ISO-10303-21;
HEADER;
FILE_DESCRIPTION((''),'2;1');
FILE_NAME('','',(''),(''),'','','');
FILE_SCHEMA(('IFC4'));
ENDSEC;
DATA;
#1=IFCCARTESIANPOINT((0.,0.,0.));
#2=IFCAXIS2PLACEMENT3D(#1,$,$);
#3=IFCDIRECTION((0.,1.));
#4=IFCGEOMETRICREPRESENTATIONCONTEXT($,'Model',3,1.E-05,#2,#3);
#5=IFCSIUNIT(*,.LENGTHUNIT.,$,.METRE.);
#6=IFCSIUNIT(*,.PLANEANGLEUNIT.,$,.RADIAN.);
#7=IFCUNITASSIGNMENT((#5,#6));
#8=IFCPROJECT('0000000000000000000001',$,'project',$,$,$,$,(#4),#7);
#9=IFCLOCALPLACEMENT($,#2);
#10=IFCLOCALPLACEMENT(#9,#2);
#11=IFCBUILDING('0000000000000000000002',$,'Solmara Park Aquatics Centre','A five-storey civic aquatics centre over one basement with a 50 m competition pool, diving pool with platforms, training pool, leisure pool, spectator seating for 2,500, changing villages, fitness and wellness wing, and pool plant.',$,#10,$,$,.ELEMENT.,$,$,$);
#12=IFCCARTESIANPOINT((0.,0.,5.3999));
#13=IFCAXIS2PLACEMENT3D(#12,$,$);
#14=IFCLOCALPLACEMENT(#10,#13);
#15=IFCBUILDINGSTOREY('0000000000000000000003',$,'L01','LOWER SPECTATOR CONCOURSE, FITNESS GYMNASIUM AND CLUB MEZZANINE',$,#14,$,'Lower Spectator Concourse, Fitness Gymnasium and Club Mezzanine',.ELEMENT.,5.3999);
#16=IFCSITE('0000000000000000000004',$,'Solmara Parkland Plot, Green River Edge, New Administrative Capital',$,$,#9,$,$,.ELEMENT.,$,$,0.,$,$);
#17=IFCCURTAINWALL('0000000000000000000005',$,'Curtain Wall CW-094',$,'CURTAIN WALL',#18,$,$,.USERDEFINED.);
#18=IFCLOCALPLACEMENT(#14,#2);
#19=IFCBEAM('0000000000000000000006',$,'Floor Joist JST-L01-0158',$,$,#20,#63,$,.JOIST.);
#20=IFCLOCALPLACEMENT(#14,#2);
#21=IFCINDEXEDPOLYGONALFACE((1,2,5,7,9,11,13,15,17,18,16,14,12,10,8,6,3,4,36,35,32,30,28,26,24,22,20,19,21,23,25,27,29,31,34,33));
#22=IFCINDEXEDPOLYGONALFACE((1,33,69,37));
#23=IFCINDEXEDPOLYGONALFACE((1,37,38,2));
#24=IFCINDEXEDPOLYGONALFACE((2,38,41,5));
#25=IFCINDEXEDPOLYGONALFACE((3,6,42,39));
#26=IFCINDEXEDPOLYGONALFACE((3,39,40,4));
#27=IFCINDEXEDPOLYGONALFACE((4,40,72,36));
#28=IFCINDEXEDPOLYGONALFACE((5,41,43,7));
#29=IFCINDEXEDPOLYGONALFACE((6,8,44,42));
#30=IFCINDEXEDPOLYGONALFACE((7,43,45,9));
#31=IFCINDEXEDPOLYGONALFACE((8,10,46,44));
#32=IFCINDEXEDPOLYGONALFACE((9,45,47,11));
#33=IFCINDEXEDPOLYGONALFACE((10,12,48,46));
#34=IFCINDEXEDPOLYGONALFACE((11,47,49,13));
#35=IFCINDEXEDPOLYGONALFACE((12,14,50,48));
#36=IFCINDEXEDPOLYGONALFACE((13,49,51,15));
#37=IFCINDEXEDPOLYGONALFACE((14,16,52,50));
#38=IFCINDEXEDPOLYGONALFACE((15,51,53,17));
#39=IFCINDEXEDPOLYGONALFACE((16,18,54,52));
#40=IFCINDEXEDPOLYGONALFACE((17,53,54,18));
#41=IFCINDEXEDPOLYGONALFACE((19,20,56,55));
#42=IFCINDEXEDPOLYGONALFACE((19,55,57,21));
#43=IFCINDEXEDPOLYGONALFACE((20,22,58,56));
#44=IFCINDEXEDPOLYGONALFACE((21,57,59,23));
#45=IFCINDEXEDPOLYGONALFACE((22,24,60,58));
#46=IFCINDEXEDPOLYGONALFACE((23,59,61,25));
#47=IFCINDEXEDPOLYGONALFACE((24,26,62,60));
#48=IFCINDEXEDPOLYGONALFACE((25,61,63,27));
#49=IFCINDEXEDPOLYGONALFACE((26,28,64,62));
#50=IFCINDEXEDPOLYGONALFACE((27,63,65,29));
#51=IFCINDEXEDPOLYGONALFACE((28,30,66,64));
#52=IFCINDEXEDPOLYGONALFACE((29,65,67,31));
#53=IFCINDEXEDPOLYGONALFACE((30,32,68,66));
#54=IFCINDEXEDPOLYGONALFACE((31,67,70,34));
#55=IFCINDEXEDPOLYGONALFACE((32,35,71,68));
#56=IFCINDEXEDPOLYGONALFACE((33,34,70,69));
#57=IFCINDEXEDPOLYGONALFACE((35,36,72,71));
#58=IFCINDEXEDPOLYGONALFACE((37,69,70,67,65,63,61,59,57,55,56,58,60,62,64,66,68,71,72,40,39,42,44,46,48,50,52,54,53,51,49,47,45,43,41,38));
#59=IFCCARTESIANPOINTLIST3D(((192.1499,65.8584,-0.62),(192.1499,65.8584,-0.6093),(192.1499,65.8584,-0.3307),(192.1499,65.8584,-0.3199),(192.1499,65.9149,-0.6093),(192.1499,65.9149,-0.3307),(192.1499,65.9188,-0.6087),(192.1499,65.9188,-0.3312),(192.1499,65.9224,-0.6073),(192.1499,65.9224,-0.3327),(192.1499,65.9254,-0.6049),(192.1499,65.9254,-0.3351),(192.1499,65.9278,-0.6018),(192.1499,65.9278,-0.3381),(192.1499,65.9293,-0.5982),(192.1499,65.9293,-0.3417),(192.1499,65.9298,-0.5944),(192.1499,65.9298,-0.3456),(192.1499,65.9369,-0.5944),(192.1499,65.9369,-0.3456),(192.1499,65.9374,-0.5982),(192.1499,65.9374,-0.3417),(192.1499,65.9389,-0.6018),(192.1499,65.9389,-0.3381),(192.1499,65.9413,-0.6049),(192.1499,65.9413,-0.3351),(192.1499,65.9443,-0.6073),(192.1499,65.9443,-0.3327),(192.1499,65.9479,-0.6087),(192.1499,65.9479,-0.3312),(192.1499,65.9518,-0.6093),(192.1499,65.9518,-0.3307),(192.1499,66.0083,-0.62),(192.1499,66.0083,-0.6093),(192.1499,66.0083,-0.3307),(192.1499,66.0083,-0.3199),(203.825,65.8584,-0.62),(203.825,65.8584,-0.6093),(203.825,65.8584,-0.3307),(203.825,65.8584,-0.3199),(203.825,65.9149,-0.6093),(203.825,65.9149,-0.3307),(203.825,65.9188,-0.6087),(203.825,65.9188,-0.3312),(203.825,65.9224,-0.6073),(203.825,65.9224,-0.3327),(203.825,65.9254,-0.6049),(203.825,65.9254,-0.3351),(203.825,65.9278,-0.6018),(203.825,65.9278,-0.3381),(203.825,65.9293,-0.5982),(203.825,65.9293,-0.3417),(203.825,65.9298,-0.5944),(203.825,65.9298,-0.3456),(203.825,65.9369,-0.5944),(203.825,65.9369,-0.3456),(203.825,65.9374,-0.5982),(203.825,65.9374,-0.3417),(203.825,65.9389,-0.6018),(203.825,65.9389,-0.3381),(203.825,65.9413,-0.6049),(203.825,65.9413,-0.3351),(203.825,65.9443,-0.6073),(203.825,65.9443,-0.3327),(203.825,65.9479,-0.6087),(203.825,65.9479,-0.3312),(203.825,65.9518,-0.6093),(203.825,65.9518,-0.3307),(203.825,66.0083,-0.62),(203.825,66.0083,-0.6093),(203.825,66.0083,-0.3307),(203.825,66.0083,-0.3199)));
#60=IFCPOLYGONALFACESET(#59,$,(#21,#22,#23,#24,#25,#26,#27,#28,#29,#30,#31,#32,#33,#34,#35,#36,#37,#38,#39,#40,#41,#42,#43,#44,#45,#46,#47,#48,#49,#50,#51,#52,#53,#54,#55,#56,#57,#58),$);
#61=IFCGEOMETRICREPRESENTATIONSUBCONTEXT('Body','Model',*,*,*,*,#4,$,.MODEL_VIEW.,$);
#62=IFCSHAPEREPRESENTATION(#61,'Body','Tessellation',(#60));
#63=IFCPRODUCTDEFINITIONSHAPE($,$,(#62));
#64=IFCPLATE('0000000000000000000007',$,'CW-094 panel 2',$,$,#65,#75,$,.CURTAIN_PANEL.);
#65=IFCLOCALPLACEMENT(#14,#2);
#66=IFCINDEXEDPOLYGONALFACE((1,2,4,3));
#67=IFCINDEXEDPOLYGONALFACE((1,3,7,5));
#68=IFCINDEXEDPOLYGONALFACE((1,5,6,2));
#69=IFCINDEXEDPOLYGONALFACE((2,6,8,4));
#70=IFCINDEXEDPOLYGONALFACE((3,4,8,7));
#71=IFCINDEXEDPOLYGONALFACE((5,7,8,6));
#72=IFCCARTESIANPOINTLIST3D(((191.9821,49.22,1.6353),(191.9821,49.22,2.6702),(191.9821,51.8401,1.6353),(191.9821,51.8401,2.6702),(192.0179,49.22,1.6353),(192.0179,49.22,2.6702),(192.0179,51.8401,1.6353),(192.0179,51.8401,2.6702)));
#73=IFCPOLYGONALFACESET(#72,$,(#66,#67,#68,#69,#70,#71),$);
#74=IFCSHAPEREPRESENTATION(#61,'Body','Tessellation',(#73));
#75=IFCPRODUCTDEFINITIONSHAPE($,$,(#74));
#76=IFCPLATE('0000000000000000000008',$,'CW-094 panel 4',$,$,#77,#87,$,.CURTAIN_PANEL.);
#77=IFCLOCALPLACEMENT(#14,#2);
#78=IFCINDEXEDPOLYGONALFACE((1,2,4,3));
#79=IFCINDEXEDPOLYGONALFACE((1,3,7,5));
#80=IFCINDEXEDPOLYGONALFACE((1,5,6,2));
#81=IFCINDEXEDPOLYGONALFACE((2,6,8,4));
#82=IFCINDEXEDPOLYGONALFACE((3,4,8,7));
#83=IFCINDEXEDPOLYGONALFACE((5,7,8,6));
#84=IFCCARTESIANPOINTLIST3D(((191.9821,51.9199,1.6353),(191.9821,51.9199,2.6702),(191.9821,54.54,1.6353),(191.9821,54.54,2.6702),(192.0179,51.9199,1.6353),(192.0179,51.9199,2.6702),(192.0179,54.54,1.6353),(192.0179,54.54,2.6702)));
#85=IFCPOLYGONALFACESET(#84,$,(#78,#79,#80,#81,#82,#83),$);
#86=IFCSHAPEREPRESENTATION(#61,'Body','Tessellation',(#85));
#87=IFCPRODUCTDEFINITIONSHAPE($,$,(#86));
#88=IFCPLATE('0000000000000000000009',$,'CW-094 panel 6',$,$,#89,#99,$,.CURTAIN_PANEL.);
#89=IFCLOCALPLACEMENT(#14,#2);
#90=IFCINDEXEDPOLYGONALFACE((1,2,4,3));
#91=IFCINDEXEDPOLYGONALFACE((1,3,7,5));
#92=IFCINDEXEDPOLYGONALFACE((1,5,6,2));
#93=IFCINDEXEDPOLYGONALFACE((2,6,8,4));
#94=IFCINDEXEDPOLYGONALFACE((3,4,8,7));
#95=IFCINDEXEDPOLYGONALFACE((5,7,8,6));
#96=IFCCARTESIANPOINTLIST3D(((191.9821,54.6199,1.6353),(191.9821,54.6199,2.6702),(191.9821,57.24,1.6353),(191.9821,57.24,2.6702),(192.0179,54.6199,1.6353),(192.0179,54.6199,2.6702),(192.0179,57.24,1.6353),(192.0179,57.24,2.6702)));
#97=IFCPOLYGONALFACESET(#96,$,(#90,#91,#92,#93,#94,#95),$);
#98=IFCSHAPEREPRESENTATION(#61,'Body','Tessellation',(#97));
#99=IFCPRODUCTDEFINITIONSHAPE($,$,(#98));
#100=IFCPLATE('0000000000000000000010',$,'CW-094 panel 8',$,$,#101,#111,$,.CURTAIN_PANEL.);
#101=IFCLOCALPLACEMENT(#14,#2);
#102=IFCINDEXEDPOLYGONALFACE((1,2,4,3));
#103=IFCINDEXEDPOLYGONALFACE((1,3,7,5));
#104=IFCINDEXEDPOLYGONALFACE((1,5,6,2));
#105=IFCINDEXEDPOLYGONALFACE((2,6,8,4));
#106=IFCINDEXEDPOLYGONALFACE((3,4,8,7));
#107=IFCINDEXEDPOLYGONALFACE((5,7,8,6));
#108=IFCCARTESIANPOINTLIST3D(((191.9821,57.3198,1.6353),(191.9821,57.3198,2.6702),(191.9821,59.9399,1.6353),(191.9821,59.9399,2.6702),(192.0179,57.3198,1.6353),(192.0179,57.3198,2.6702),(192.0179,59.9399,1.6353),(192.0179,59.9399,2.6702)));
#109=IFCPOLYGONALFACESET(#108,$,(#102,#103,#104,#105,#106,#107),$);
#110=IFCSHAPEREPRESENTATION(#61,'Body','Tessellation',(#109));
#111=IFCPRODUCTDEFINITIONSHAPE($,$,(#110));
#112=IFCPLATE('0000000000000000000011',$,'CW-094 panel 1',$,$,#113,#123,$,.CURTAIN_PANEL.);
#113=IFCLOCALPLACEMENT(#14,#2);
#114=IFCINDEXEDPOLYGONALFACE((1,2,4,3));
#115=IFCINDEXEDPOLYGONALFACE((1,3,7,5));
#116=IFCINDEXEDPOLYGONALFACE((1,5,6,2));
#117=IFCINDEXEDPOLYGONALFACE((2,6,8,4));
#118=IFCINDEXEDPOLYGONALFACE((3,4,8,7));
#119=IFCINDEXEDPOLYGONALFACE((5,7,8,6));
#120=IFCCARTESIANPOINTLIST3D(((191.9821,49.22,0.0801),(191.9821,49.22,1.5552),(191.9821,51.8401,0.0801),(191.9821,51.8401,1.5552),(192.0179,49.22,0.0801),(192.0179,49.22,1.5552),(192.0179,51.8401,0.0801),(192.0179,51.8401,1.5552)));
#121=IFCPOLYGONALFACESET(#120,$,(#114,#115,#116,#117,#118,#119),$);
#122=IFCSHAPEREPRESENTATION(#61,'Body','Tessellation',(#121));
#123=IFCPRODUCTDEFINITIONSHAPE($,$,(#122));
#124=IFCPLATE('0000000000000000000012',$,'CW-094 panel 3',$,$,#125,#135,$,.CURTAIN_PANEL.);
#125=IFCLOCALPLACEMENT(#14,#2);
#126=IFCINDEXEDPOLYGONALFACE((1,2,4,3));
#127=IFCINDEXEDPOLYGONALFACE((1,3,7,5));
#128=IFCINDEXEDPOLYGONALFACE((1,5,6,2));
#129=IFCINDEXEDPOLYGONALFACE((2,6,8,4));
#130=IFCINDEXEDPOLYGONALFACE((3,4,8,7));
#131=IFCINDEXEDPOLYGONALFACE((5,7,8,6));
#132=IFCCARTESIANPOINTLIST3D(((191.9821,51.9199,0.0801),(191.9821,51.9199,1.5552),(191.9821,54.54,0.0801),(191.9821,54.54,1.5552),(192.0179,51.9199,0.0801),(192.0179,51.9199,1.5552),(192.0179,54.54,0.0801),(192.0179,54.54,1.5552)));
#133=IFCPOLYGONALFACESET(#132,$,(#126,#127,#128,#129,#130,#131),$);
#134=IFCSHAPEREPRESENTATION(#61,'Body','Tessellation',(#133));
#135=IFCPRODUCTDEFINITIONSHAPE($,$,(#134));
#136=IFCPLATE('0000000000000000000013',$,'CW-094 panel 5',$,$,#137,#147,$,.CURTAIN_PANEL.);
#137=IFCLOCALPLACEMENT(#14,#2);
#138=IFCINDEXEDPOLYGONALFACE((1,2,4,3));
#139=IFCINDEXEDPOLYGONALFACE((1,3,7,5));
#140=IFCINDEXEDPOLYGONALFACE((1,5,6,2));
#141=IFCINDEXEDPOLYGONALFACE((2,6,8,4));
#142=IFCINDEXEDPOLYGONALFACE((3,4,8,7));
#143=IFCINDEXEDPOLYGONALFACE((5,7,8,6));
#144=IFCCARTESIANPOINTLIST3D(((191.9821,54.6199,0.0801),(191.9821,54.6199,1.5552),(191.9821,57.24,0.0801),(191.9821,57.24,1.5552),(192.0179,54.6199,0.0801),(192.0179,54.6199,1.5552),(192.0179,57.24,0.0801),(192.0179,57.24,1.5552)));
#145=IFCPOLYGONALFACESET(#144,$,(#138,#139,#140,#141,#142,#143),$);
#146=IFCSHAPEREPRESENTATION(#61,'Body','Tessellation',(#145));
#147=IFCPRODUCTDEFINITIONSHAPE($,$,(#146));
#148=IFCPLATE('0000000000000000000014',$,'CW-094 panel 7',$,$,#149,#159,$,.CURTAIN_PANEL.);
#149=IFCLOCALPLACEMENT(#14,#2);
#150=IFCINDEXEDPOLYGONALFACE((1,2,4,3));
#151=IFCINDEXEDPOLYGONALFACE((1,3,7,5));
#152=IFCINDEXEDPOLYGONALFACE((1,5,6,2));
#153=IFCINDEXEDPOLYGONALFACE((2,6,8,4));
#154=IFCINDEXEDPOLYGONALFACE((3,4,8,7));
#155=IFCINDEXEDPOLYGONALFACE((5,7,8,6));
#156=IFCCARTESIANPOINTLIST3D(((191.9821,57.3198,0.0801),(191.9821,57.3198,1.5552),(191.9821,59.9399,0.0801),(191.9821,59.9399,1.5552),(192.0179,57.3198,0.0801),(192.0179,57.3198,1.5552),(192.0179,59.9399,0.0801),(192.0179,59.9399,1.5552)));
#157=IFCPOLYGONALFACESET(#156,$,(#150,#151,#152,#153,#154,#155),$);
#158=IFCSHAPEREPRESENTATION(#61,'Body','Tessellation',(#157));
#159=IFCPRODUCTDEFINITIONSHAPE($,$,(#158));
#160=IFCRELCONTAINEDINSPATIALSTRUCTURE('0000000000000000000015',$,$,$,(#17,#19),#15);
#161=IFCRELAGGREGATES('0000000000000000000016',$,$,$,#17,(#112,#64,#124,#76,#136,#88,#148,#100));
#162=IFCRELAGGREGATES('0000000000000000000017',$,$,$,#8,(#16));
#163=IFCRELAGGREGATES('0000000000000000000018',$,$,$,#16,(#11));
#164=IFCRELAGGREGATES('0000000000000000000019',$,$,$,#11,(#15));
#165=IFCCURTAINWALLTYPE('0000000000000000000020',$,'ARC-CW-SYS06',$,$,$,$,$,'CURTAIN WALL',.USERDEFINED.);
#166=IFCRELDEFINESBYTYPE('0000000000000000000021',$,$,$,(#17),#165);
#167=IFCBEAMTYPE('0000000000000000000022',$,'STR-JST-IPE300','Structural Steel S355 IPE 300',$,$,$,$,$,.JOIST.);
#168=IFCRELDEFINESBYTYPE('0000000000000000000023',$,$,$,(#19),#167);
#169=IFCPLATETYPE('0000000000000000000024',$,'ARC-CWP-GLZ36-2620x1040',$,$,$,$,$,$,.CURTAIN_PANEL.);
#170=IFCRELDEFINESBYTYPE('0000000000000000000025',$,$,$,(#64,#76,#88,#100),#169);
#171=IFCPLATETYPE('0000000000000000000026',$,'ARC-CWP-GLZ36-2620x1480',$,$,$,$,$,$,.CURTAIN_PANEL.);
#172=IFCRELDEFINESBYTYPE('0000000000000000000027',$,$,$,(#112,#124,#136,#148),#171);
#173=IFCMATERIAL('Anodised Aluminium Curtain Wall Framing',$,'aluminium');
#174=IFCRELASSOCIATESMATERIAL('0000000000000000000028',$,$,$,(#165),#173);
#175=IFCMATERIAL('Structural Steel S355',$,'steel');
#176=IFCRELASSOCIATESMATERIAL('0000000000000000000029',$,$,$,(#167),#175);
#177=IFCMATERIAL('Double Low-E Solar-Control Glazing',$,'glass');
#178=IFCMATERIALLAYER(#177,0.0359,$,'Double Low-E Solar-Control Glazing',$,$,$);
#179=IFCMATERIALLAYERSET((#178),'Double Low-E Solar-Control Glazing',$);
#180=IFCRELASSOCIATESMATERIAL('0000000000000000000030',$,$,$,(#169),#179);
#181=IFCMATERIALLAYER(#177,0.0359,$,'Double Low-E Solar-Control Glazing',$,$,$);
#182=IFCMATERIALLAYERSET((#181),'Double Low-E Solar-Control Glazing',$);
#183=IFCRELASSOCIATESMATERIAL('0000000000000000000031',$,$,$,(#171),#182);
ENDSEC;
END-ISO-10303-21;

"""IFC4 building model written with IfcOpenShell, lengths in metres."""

from ifc_helpers import new_model, si_unit, direction, frame, origin, origin_2d, place, context, subcontext, project, spatial, rectangle, i_section, extrude, material, layer, layer_set, material_profile, profile_set, type_object, element, aggregate, save


model = new_model("IFC4")

# Units and contexts
model_context = context("Model", 3, precision=1e-05, world=origin(), true_north=direction((0.0, 1.0)))
body_context = subcontext(model_context, "Body", "Model", "MODEL_VIEW")
ifc_project = project(units=[si_unit("LENGTHUNIT", "METRE"), si_unit("PLANEANGLEUNIT", "RADIAN")], contexts=[model_context])

# Site, building, storey
site_placement = place(None, origin())
site = spatial("IfcSite", under=ifc_project, at=site_placement, Name="Solmara Parkland Plot, Green River Edge, New Administrative Capital", CompositionType="ELEMENT", RefElevation=0.0)
building_placement = place(site_placement, origin())
building = spatial("IfcBuilding", under=site, at=building_placement, Name="Solmara Park Aquatics Centre", Description="A five-storey civic aquatics centre over one basement with a 50 m competition pool, diving pool with platforms, training pool, leisure pool, spectator seating for 2,500, changing villages, fitness and wellness wing, and pool plant.", CompositionType="ELEMENT")
storey_placement = place(building_placement, frame((0.0, 0.0, 5.3999)))
storey = spatial("IfcBuildingStorey", under=building, at=storey_placement, Name="L01", Description="LOWER SPECTATOR CONCOURSE, FITNESS GYMNASIUM AND CLUB MEZZANINE", LongName="Lower Spectator Concourse, Fitness Gymnasium and Club Mezzanine", CompositionType="ELEMENT", Elevation=5.3999)

# Curtain wall
ifc_material_1 = material(Name="Anodised Aluminium Curtain Wall Framing", Category="aluminium")
curtain_wall_type = type_object("IfcCurtainWallType", Name="ARC-CW-SYS06", ElementType="CURTAIN WALL", PredefinedType="USERDEFINED", material=ifc_material_1)
curtain_wall_placement = place(storey_placement, origin())
curtain_wall = element("IfcCurtainWall", 1, at=curtain_wall_placement, inside=storey, type_object=curtain_wall_type, Name="Curtain Wall CW-094", ObjectType="CURTAIN WALL", PredefinedType="USERDEFINED")

# Beam
ifc_material_2 = material(Name="Structural Steel S355", Category="steel")
ifc_material_profile_1 = material_profile(ifc_material_2, i_section(OverallWidth=0.1499, OverallDepth=0.3, WebThickness=0.0071, FlangeThickness=0.0107, FilletRadius=0.0149, at=origin_2d()), Name="IPE 300")
ifc_profile_set_1 = profile_set([ifc_material_profile_1], Name="Structural Steel S355")
beam_type_1 = type_object("IfcBeamType", Name="STR-JST-IPE300", Description="Structural Steel S355 IPE 300", PredefinedType="JOIST", material=ifc_profile_set_1)
beam_1_placement = place(storey_placement, frame((192.1499, 65.9333, -0.47), z_axis=(1.0, 0.0, 0.0), x_axis=(0.0, 1.0, 0.0)))
element("IfcBeam", 2, at=beam_1_placement, inside=storey, type_object=beam_type_1, Name="Floor Joist JST-L01-0158", PredefinedType="JOIST", context=body_context, shape_type="SweptSolid", body=[
    extrude(i_section(OverallWidth=0.1499, OverallDepth=0.3, WebThickness=0.0071, FlangeThickness=0.0107, FilletRadius=0.0149, at=origin_2d()), origin(), (0.0, 0.0, 1.0), 11.675),
])

# Plates
ifc_material_3 = material(Name="Double Low-E Solar-Control Glazing", Category="glass")
ifc_layer_1 = layer(ifc_material_3, 0.0359, Name="Double Low-E Solar-Control Glazing")
ifc_layer_set_1 = layer_set([ifc_layer_1], Name="Double Low-E Solar-Control Glazing")
plate_type_1 = type_object("IfcPlateType", Name="ARC-CWP-GLZ36-2620x1040", PredefinedType="CURTAIN_PANEL", material=ifc_layer_set_1)
plate_1_placement = place(storey_placement, frame((192.0, 50.53, 1.6353), z_axis=(0.0, 0.0, 1.0), x_axis=(0.0, 1.0, 0.0)))
plate_1 = element("IfcPlate", 3, at=plate_1_placement, type_object=plate_type_1, Name="CW-094 panel 2", PredefinedType="CURTAIN_PANEL", context=body_context, shape_type="SweptSolid", body=[
    extrude(rectangle(XDim=2.6201, YDim=0.0359, at=origin_2d()), origin(), (0.0, 0.0, 1.0), 1.0349),
])
plate_2_placement = place(storey_placement, frame((192.0, 53.23, 1.6353), z_axis=(0.0, 0.0, 1.0), x_axis=(0.0, 1.0, 0.0)))
plate_2 = element("IfcPlate", 4, at=plate_2_placement, type_object=plate_type_1, Name="CW-094 panel 4", PredefinedType="CURTAIN_PANEL", context=body_context, shape_type="SweptSolid", body=[
    extrude(rectangle(XDim=2.6201, YDim=0.0359, at=origin_2d()), origin(), (0.0, 0.0, 1.0), 1.0349),
])
plate_3_placement = place(storey_placement, frame((192.0, 55.9299, 1.6353), z_axis=(0.0, 0.0, 1.0), x_axis=(0.0, 1.0, 0.0)))
plate_3 = element("IfcPlate", 5, at=plate_3_placement, type_object=plate_type_1, Name="CW-094 panel 6", PredefinedType="CURTAIN_PANEL", context=body_context, shape_type="SweptSolid", body=[
    extrude(rectangle(XDim=2.6201, YDim=0.0359, at=origin_2d()), origin(), (0.0, 0.0, 1.0), 1.0349),
])
plate_4_placement = place(storey_placement, frame((192.0, 58.6299, 1.6353), z_axis=(0.0, 0.0, 1.0), x_axis=(0.0, 1.0, 0.0)))
plate_4 = element("IfcPlate", 6, at=plate_4_placement, type_object=plate_type_1, Name="CW-094 panel 8", PredefinedType="CURTAIN_PANEL", context=body_context, shape_type="SweptSolid", body=[
    extrude(rectangle(XDim=2.6201, YDim=0.0359, at=origin_2d()), origin(), (0.0, 0.0, 1.0), 1.0349),
])
ifc_layer_2 = layer(ifc_material_3, 0.0359, Name="Double Low-E Solar-Control Glazing")
ifc_layer_set_2 = layer_set([ifc_layer_2], Name="Double Low-E Solar-Control Glazing")
plate_type_2 = type_object("IfcPlateType", Name="ARC-CWP-GLZ36-2620x1480", PredefinedType="CURTAIN_PANEL", material=ifc_layer_set_2)
plate_5_placement = place(storey_placement, frame((192.0, 50.53, 0.0801), z_axis=(0.0, 0.0, 1.0), x_axis=(0.0, 1.0, 0.0)))
plate_5 = element("IfcPlate", 7, at=plate_5_placement, type_object=plate_type_2, Name="CW-094 panel 1", PredefinedType="CURTAIN_PANEL", context=body_context, shape_type="SweptSolid", body=[
    extrude(rectangle(XDim=2.6201, YDim=0.0359, at=origin_2d()), origin(), (0.0, 0.0, 1.0), 1.4751),
])
plate_6_placement = place(storey_placement, frame((192.0, 53.23, 0.0801), z_axis=(0.0, 0.0, 1.0), x_axis=(0.0, 1.0, 0.0)))
plate_6 = element("IfcPlate", 8, at=plate_6_placement, type_object=plate_type_2, Name="CW-094 panel 3", PredefinedType="CURTAIN_PANEL", context=body_context, shape_type="SweptSolid", body=[
    extrude(rectangle(XDim=2.6201, YDim=0.0359, at=origin_2d()), origin(), (0.0, 0.0, 1.0), 1.4751),
])
plate_7_placement = place(storey_placement, frame((192.0, 55.9299, 0.0801), z_axis=(0.0, 0.0, 1.0), x_axis=(0.0, 1.0, 0.0)))
plate_7 = element("IfcPlate", 9, at=plate_7_placement, type_object=plate_type_2, Name="CW-094 panel 5", PredefinedType="CURTAIN_PANEL", context=body_context, shape_type="SweptSolid", body=[
    extrude(rectangle(XDim=2.6201, YDim=0.0359, at=origin_2d()), origin(), (0.0, 0.0, 1.0), 1.4751),
])
plate_8_placement = place(storey_placement, frame((192.0, 58.6299, 0.0801), z_axis=(0.0, 0.0, 1.0), x_axis=(0.0, 1.0, 0.0)))
plate_8 = element("IfcPlate", 10, at=plate_8_placement, type_object=plate_type_2, Name="CW-094 panel 7", PredefinedType="CURTAIN_PANEL", context=body_context, shape_type="SweptSolid", body=[
    extrude(rectangle(XDim=2.6201, YDim=0.0359, at=origin_2d()), origin(), (0.0, 0.0, 1.0), 1.4751),
])
aggregate(curtain_wall, [plate_5, plate_1, plate_6, plate_2, plate_7, plate_3, plate_8, plate_4])

save(model, "model.ifc")
